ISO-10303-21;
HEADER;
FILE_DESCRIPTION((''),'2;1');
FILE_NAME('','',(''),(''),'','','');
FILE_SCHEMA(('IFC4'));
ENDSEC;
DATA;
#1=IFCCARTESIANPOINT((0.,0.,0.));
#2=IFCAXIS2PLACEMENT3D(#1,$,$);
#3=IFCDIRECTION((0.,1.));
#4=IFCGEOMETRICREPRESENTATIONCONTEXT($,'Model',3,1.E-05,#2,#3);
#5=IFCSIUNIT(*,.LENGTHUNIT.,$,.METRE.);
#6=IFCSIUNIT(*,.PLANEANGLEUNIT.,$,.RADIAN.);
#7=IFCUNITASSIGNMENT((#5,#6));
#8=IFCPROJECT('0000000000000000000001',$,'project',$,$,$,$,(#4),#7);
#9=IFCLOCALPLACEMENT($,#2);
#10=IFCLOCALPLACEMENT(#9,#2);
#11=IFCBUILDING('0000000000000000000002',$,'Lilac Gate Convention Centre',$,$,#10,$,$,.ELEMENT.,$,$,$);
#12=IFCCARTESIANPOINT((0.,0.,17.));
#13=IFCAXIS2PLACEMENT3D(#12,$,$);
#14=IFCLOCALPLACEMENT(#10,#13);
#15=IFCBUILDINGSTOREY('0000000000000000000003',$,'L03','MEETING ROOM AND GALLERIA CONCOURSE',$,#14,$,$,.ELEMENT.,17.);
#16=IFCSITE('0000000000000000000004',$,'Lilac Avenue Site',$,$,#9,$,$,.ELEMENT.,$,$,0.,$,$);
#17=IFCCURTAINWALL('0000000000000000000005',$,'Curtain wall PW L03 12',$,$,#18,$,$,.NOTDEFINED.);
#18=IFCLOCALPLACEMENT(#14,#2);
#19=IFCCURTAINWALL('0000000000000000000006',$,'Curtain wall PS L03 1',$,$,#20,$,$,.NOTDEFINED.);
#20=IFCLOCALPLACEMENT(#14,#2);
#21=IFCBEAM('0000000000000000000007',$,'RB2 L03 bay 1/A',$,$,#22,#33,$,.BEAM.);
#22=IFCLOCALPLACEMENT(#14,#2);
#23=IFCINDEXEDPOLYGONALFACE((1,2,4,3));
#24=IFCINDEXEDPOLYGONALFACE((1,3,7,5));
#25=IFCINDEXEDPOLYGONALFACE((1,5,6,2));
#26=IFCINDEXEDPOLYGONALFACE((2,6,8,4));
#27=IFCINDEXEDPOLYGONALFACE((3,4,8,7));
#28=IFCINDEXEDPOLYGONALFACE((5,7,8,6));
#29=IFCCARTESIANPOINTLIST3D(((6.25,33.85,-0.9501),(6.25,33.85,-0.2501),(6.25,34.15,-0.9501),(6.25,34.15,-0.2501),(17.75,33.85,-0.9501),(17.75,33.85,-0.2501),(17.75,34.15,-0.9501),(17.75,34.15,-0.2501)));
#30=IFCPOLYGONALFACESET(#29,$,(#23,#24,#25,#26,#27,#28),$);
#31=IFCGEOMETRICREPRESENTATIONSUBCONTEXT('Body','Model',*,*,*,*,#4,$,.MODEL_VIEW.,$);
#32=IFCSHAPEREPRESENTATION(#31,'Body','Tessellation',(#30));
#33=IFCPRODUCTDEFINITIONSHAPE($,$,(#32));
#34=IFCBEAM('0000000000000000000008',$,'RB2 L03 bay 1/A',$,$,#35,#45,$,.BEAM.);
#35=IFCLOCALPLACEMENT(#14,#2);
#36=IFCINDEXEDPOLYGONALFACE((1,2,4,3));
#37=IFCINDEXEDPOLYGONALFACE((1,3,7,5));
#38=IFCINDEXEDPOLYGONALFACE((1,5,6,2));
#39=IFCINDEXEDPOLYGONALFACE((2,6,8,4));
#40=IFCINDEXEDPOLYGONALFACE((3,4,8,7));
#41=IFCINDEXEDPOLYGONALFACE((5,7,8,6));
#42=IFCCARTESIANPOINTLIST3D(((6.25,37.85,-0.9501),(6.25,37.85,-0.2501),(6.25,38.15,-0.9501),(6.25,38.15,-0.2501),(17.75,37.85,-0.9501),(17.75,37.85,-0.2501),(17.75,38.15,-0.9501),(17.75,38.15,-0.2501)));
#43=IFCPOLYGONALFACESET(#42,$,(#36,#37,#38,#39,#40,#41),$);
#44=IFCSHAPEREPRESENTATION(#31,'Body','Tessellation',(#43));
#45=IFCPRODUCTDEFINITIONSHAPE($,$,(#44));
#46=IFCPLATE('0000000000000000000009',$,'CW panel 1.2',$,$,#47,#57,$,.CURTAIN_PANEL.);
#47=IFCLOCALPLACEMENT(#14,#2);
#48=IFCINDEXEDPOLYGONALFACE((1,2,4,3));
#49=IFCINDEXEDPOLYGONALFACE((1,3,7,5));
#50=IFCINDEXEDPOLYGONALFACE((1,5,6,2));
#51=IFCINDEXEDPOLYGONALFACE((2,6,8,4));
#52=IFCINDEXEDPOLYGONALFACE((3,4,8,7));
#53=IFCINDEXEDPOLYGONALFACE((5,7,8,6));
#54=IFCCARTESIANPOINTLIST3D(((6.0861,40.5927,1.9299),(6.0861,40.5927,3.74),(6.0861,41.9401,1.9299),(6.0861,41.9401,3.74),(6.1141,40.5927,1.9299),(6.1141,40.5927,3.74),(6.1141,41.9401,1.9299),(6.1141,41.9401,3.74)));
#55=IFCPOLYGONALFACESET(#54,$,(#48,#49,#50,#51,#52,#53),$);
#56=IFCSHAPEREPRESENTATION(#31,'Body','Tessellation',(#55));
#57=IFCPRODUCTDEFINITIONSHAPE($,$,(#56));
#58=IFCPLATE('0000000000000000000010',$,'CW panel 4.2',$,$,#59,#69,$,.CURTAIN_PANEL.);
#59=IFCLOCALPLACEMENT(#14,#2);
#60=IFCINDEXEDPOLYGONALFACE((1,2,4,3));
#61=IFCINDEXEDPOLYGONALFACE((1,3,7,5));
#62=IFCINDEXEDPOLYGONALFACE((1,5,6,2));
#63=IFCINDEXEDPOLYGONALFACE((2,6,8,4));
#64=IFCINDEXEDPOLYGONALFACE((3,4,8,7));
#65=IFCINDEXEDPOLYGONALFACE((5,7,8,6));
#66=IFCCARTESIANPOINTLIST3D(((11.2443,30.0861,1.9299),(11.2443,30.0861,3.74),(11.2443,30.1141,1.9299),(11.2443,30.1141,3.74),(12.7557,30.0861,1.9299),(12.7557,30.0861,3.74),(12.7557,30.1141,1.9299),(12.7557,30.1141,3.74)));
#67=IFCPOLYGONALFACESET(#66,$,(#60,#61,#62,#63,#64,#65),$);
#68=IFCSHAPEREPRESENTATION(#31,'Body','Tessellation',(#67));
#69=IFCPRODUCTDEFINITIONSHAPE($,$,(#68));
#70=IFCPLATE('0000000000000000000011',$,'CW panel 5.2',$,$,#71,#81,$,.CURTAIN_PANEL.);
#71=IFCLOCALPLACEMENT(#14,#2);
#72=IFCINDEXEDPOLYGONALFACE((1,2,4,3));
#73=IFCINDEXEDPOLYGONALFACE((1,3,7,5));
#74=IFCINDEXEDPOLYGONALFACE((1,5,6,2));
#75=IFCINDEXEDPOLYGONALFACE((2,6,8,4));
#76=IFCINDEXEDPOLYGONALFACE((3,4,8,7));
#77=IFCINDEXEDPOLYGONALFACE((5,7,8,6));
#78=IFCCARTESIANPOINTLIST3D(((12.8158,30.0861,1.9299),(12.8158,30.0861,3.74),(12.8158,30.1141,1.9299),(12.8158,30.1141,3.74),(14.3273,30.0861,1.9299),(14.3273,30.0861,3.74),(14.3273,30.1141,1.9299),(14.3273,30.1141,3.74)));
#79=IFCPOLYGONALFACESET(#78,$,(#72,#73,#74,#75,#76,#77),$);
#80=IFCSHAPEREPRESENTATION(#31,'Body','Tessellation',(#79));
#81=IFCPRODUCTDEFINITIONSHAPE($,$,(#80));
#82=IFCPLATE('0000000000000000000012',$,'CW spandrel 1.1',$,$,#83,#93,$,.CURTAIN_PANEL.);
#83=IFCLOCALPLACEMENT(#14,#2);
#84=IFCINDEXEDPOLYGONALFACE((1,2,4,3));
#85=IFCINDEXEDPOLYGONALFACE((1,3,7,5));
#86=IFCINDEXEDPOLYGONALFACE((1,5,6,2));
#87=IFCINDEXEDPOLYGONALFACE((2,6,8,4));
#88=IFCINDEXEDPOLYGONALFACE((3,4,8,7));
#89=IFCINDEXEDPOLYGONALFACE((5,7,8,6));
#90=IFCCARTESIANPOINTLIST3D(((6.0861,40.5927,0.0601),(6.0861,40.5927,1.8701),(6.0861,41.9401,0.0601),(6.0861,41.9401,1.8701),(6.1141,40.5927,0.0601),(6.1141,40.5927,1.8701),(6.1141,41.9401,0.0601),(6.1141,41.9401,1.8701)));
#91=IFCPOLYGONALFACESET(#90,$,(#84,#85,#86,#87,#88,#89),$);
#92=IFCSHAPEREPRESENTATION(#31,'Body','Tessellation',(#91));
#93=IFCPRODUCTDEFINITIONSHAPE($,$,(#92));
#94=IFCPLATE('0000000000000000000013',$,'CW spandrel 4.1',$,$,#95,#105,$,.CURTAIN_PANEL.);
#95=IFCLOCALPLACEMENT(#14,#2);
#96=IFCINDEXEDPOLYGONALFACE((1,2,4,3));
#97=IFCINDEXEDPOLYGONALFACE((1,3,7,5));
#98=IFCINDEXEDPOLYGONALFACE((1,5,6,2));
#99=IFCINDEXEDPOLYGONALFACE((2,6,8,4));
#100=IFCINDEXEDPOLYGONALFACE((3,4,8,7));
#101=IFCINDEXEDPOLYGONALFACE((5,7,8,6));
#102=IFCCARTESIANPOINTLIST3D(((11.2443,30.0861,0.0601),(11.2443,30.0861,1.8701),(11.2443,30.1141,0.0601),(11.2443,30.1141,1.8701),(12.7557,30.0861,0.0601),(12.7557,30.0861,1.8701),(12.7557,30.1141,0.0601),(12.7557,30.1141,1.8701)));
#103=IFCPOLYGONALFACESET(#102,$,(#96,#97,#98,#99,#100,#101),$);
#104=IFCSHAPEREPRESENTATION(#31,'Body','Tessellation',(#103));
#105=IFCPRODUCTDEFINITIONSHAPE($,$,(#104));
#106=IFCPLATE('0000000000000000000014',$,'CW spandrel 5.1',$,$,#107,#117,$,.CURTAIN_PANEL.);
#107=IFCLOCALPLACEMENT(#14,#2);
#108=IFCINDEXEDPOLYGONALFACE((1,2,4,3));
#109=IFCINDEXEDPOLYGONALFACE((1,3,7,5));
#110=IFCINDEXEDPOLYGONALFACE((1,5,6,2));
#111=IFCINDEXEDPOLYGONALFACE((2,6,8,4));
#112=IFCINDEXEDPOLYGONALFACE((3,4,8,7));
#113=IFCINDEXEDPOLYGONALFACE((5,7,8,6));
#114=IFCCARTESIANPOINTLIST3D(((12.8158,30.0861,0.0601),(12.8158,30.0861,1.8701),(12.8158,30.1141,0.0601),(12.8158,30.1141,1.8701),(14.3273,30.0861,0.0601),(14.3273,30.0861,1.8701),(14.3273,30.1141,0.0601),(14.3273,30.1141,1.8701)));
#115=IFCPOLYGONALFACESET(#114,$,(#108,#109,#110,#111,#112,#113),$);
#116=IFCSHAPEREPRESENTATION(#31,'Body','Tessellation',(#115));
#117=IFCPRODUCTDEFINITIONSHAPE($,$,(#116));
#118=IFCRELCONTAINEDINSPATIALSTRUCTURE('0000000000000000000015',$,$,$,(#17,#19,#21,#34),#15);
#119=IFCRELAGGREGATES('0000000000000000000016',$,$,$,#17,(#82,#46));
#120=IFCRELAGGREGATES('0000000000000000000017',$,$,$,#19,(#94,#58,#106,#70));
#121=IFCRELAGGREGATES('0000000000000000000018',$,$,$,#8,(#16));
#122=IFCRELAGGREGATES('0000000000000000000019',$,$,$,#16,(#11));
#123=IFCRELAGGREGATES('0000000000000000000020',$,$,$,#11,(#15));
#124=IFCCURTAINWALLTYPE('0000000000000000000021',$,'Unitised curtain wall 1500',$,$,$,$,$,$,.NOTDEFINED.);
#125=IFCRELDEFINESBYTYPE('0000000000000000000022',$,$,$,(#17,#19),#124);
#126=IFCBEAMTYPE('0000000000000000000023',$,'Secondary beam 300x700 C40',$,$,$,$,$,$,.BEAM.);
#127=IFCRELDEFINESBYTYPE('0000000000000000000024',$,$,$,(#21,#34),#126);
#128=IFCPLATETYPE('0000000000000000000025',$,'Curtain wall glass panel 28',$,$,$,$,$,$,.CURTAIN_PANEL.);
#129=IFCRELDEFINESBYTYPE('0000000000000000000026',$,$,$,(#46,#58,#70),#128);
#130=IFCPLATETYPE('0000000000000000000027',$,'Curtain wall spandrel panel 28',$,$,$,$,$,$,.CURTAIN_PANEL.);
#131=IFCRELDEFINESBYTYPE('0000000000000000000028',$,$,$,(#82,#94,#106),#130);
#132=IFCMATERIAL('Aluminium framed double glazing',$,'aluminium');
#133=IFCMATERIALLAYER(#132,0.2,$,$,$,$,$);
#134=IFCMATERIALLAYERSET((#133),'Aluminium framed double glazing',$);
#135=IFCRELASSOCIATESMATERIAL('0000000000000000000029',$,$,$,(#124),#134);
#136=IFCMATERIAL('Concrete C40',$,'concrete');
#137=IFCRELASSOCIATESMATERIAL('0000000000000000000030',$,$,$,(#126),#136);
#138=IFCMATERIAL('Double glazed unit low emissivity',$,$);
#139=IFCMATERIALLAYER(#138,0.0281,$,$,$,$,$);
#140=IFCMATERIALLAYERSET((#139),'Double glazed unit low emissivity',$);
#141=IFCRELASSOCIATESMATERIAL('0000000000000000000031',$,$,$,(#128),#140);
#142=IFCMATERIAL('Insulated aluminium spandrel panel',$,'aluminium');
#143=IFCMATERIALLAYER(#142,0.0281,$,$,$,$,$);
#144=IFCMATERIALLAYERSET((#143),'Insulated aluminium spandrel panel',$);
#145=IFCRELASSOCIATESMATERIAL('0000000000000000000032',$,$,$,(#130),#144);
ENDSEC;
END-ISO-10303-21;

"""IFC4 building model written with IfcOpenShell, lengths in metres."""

from ifc_helpers import new_model, si_unit, direction, frame, origin, origin_2d, place, context, subcontext, project, spatial, rectangle, extrude, material, layer, layer_set, material_profile, profile_set, type_object, element, aggregate, save


model = new_model("IFC4")

# Units and contexts
model_context = context("Model", 3, precision=1e-05, world=origin(), true_north=direction((0.0, 1.0)))
body_context = subcontext(model_context, "Body", "Model", "MODEL_VIEW")
ifc_project = project(units=[si_unit("LENGTHUNIT", "METRE"), si_unit("PLANEANGLEUNIT", "RADIAN")], contexts=[model_context])

# Site, building, storey
site_placement = place(None, origin())
site = spatial("IfcSite", under=ifc_project, at=site_placement, Name="Lilac Avenue Site", CompositionType="ELEMENT", RefElevation=0.0)
building_placement = place(site_placement, origin())
building = spatial("IfcBuilding", under=site, at=building_placement, Name="Lilac Gate Convention Centre", CompositionType="ELEMENT")
storey_placement = place(building_placement, frame((0.0, 0.0, 17.0)))
storey = spatial("IfcBuildingStorey", under=building, at=storey_placement, Name="L03", Description="MEETING ROOM AND GALLERIA CONCOURSE", CompositionType="ELEMENT", Elevation=17.0)

# Curtain walls
ifc_material_1 = material(Name="Aluminium framed double glazing", Category="aluminium")
ifc_layer_1 = layer(ifc_material_1, 0.2)
ifc_layer_set_1 = layer_set([ifc_layer_1], Name="Aluminium framed double glazing")
curtain_wall_type = type_object("IfcCurtainWallType", Name="Unitised curtain wall 1500", PredefinedType="NOTDEFINED", material=ifc_layer_set_1)
curtain_wall_1_placement = place(storey_placement, origin())
curtain_wall_1 = element("IfcCurtainWall", 1, at=curtain_wall_1_placement, inside=storey, type_object=curtain_wall_type, Name="Curtain wall PW L03 12", PredefinedType="NOTDEFINED")
curtain_wall_2_placement = place(storey_placement, origin())
curtain_wall_2 = element("IfcCurtainWall", 2, at=curtain_wall_2_placement, inside=storey, type_object=curtain_wall_type, Name="Curtain wall PS L03 1", PredefinedType="NOTDEFINED")

# Beams
ifc_material_2 = material(Name="Concrete C40", Category="concrete")
ifc_material_profile_1 = material_profile(ifc_material_2, rectangle(XDim=0.3, YDim=0.7, at=origin_2d()), Name="RC 300x700")
ifc_profile_set_1 = profile_set([ifc_material_profile_1], Name="Concrete C40")
beam_type = type_object("IfcBeamType", Name="Secondary beam 300x700 C40", PredefinedType="BEAM", material=ifc_profile_set_1)
for number, where, z_axis, x_axis, name in (
    (3, (6.25, 34.0, -0.6001), (1.0, 0.0, 0.0), (0.0, 1.0, 0.0), "RB2 L03 bay 1/A"),
    (4, (6.25, 38.0, -0.6001), (1.0, 0.0, 0.0), (0.0, 1.0, 0.0), "RB2 L03 bay 1/A"),
):
    element("IfcBeam", number, at=place(storey_placement, frame(where, z_axis=z_axis, x_axis=x_axis)), inside=storey, type_object=beam_type, Name=name, PredefinedType="BEAM", context=body_context, shape_type="SweptSolid", body=[
        extrude(rectangle(XDim=0.3, YDim=0.7, at=origin_2d()), origin(), (0.0, 0.0, 1.0), 11.5),
    ])

# Plates
ifc_material_3 = material(Name="Double glazed unit low emissivity")
ifc_layer_2 = layer(ifc_material_3, 0.0281)
ifc_layer_set_2 = layer_set([ifc_layer_2], Name="Double glazed unit low emissivity")
plate_type_1 = type_object("IfcPlateType", Name="Curtain wall glass panel 28", PredefinedType="CURTAIN_PANEL", material=ifc_layer_set_2)
plate_1_placement = place(storey_placement, frame((6.1001, 41.2664, 1.9299), z_axis=(0.0, 0.0, 1.0), x_axis=(0.0, -1.0, 0.0)))
plate_1 = element("IfcPlate", 5, at=plate_1_placement, type_object=plate_type_1, Name="CW panel 1.2", PredefinedType="CURTAIN_PANEL", context=body_context, shape_type="SweptSolid", body=[
    extrude(rectangle(XDim=1.3474, YDim=0.0281, at=origin_2d()), origin(), (0.0, 0.0, 1.0), 1.8101),
])
plate_2_placement = place(storey_placement, frame((12.0, 30.1001, 1.9299), z_axis=(0.0, 0.0, 1.0), x_axis=(1.0, 0.0, 0.0)))
plate_2 = element("IfcPlate", 6, at=plate_2_placement, type_object=plate_type_1, Name="CW panel 4.2", PredefinedType="CURTAIN_PANEL", context=body_context, shape_type="SweptSolid", body=[
    extrude(rectangle(XDim=1.5115, YDim=0.0281, at=origin_2d()), origin(), (0.0, 0.0, 1.0), 1.8101),
])
plate_3_placement = place(storey_placement, frame((13.5715, 30.1001, 1.9299), z_axis=(0.0, 0.0, 1.0), x_axis=(1.0, 0.0, 0.0)))
plate_3 = element("IfcPlate", 7, at=plate_3_placement, type_object=plate_type_1, Name="CW panel 5.2", PredefinedType="CURTAIN_PANEL", context=body_context, shape_type="SweptSolid", body=[
    extrude(rectangle(XDim=1.5115, YDim=0.0281, at=origin_2d()), origin(), (0.0, 0.0, 1.0), 1.8101),
])
ifc_material_4 = material(Name="Insulated aluminium spandrel panel", Category="aluminium")
ifc_layer_3 = layer(ifc_material_4, 0.0281)
ifc_layer_set_3 = layer_set([ifc_layer_3], Name="Insulated aluminium spandrel panel")
plate_type_2 = type_object("IfcPlateType", Name="Curtain wall spandrel panel 28", PredefinedType="CURTAIN_PANEL", material=ifc_layer_set_3)
plate_4_placement = place(storey_placement, frame((6.1001, 41.2664, 0.0601), z_axis=(0.0, 0.0, 1.0), x_axis=(0.0, -1.0, 0.0)))
plate_4 = element("IfcPlate", 8, at=plate_4_placement, type_object=plate_type_2, Name="CW spandrel 1.1", PredefinedType="CURTAIN_PANEL", context=body_context, shape_type="SweptSolid", body=[
    extrude(rectangle(XDim=1.3474, YDim=0.0281, at=origin_2d()), origin(), (0.0, 0.0, 1.0), 1.8101),
])
aggregate(curtain_wall_1, [plate_4, plate_1])
plate_5_placement = place(storey_placement, frame((12.0, 30.1001, 0.0601), z_axis=(0.0, 0.0, 1.0), x_axis=(1.0, 0.0, 0.0)))
plate_5 = element("IfcPlate", 9, at=plate_5_placement, type_object=plate_type_2, Name="CW spandrel 4.1", PredefinedType="CURTAIN_PANEL", context=body_context, shape_type="SweptSolid", body=[
    extrude(rectangle(XDim=1.5115, YDim=0.0281, at=origin_2d()), origin(), (0.0, 0.0, 1.0), 1.8101),
])
plate_6_placement = place(storey_placement, frame((13.5715, 30.1001, 0.0601), z_axis=(0.0, 0.0, 1.0), x_axis=(1.0, 0.0, 0.0)))
plate_6 = element("IfcPlate", 10, at=plate_6_placement, type_object=plate_type_2, Name="CW spandrel 5.1", PredefinedType="CURTAIN_PANEL", context=body_context, shape_type="SweptSolid", body=[
    extrude(rectangle(XDim=1.5115, YDim=0.0281, at=origin_2d()), origin(), (0.0, 0.0, 1.0), 1.8101),
])
aggregate(curtain_wall_2, [plate_5, plate_2, plate_6, plate_3])

save(model, "model.ifc")
